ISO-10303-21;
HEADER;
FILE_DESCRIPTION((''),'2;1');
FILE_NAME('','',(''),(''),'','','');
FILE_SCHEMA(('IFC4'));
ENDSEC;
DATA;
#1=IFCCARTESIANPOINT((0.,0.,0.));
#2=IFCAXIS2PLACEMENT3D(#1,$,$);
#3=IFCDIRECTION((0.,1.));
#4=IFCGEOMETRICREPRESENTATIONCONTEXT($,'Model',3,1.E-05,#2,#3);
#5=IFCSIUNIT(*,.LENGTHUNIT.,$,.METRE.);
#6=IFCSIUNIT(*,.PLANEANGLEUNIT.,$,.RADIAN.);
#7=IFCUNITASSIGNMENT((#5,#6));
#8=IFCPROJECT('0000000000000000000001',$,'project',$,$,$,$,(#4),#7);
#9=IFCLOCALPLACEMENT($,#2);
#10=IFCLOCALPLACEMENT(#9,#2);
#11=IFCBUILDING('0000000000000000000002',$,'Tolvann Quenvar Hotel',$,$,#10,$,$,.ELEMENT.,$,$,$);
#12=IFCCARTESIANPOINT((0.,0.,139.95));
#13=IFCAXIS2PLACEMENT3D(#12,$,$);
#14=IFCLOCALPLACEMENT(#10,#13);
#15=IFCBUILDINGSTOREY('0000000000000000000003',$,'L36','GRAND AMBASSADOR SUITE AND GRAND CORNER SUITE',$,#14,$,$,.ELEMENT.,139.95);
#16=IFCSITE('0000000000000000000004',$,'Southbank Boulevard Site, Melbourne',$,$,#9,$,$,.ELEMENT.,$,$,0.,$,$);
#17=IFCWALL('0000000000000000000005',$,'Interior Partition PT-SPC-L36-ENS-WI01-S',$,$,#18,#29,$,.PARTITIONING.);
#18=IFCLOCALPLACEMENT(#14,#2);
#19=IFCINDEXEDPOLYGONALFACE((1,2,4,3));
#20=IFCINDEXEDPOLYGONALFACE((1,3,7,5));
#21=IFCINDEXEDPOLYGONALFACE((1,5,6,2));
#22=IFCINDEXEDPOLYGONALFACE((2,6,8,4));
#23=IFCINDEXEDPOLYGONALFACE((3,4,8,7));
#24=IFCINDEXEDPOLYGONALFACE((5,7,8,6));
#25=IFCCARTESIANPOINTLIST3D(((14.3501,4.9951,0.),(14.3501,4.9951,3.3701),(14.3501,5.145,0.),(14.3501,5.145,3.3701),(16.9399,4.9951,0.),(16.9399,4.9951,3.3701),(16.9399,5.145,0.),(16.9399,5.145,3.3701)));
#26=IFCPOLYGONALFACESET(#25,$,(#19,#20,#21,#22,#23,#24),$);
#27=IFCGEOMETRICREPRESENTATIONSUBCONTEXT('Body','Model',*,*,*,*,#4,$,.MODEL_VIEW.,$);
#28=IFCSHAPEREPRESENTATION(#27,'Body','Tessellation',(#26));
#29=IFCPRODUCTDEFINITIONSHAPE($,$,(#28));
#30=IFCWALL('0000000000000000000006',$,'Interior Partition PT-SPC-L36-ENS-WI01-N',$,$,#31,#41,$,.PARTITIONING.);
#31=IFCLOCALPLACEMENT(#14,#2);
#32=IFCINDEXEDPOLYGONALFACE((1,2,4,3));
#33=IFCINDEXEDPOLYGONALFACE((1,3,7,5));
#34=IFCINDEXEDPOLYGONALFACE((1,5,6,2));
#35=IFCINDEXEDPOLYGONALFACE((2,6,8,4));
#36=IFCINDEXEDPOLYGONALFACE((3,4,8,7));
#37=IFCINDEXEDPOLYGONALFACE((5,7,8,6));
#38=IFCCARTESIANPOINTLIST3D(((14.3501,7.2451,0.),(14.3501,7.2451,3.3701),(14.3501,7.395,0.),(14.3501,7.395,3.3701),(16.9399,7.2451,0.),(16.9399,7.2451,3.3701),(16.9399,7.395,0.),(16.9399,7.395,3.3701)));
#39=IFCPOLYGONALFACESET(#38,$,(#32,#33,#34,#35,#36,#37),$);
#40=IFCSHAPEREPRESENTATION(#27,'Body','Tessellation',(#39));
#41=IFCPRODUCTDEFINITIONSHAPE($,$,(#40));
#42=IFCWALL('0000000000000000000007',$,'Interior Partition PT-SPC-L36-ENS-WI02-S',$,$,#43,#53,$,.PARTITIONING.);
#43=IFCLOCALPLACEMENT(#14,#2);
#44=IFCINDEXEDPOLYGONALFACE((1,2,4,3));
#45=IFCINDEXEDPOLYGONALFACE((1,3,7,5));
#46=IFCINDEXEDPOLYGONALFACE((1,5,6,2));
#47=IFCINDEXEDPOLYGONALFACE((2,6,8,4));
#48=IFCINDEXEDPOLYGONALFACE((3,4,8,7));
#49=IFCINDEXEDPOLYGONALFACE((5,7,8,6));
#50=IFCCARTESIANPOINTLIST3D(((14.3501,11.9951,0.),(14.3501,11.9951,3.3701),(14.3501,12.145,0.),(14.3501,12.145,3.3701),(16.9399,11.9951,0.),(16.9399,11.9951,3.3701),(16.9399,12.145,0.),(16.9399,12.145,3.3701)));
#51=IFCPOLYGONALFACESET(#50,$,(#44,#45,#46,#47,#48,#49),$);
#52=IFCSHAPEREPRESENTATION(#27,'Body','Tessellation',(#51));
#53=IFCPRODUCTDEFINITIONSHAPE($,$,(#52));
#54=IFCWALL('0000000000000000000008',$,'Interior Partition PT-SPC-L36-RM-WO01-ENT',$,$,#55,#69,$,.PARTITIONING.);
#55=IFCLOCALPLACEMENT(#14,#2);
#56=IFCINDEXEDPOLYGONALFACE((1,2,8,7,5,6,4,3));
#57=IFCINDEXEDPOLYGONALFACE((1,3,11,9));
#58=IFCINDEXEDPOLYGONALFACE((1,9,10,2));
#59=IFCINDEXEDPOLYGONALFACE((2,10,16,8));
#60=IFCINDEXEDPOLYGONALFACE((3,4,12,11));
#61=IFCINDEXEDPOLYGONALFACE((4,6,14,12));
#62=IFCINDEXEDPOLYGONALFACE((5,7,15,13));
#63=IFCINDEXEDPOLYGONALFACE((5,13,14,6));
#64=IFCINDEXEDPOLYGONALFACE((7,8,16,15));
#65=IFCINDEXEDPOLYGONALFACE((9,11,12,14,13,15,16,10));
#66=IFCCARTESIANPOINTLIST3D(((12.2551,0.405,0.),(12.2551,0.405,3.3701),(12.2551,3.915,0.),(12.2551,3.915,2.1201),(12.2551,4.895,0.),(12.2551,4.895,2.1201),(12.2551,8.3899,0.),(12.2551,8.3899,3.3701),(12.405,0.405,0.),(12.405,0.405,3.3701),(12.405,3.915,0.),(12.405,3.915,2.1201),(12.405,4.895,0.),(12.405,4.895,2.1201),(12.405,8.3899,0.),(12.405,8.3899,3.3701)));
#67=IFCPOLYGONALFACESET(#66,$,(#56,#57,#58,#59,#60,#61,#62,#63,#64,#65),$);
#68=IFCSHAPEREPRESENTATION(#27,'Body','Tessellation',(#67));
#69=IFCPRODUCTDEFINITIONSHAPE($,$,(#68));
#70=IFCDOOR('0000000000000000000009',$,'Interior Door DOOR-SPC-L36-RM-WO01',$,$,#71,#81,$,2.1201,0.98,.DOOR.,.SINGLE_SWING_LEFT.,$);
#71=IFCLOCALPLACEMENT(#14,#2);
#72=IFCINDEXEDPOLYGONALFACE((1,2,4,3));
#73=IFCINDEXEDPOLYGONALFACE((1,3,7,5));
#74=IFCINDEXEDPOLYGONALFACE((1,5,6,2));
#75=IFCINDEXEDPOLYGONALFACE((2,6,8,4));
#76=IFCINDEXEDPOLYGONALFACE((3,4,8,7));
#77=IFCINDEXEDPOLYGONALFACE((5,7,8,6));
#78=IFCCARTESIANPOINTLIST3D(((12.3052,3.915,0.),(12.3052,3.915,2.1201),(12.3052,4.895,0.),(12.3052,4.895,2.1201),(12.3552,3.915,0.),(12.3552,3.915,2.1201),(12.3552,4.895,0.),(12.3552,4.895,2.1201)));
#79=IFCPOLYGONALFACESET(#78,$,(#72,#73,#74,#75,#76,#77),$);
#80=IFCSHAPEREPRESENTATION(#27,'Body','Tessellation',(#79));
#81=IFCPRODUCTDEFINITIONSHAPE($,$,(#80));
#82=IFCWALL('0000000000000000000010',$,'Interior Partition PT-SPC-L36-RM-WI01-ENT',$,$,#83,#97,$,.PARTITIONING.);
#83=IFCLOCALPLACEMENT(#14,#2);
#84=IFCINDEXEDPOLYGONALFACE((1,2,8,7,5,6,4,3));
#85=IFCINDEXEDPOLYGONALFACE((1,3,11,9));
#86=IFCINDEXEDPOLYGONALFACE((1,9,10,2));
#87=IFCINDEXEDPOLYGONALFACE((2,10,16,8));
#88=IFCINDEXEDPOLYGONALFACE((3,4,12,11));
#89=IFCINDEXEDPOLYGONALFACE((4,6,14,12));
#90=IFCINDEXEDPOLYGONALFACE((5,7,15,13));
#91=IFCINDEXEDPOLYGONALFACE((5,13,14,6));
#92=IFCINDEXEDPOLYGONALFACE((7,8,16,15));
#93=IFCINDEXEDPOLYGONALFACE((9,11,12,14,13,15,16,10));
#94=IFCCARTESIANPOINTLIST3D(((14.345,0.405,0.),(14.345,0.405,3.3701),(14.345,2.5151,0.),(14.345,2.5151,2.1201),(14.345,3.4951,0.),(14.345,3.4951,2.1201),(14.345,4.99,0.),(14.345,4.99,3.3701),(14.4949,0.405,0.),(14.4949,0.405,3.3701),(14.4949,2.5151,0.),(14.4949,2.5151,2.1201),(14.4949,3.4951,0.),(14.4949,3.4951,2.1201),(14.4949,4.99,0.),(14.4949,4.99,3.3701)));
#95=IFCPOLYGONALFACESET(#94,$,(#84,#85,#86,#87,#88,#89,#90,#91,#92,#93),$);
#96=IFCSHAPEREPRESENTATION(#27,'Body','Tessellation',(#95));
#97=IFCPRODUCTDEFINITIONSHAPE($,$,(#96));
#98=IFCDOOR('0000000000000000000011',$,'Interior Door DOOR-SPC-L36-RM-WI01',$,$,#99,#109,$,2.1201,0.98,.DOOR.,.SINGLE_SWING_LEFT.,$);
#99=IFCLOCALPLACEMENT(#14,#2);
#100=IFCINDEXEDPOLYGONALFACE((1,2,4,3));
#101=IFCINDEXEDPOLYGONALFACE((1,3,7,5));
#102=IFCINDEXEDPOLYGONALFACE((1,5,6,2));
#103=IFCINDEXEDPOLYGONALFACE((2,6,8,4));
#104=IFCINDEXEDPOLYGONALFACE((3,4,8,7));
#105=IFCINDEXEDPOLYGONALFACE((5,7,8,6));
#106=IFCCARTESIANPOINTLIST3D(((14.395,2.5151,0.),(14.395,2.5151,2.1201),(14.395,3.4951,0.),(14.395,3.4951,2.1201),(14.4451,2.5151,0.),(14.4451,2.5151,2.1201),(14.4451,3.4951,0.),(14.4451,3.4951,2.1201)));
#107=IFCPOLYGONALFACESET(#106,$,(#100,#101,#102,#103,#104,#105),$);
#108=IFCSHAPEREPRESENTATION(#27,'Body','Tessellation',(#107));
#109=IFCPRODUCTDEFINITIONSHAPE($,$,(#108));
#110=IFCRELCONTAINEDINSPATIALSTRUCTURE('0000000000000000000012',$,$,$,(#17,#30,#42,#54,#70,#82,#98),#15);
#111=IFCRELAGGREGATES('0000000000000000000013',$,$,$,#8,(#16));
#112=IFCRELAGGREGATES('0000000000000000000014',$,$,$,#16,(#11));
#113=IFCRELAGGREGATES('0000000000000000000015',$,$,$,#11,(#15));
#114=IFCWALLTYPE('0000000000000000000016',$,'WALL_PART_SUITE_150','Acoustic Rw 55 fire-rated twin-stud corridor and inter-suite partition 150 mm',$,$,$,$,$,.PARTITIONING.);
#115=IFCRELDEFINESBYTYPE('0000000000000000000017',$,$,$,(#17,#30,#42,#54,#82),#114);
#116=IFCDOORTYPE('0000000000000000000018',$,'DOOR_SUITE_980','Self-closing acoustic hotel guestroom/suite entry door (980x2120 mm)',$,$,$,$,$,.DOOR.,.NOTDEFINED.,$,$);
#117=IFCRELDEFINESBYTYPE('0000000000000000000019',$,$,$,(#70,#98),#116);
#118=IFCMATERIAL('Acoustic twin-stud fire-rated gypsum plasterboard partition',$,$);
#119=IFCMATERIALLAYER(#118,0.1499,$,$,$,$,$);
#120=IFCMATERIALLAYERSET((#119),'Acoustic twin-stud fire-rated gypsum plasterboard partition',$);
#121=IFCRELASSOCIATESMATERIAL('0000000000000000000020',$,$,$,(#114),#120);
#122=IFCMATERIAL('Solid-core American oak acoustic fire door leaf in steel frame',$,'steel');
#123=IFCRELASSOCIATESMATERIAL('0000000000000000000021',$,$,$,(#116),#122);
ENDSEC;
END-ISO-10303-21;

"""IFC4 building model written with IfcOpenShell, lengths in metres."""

from ifc_helpers import new_model, si_unit, direction, frame, frame_2d, origin, place, context, subcontext, project, spatial, rectangle, extrude, source, transform, mapped, material, layer, layer_set, type_object, type_shapes, element, fill, save


model = new_model("IFC4")

# Units and contexts
model_context = context("Model", 3, precision=1e-05, world=origin(), true_north=direction((0.0, 1.0)))
body_context = subcontext(model_context, "Body", "Model", "MODEL_VIEW")
ifc_project = project(units=[si_unit("LENGTHUNIT", "METRE"), si_unit("PLANEANGLEUNIT", "RADIAN")], contexts=[model_context])

# Site, building, storey
site_placement = place(None, origin())
site = spatial("IfcSite", under=ifc_project, at=site_placement, Name="Southbank Boulevard Site, Melbourne", CompositionType="ELEMENT", RefElevation=0.0)
building_placement = place(site_placement, origin())
building = spatial("IfcBuilding", under=site, at=building_placement, Name="Tolvann Quenvar Hotel", CompositionType="ELEMENT")
storey_placement = place(building_placement, frame((0.0, 0.0, 139.95)))
storey = spatial("IfcBuildingStorey", under=building, at=storey_placement, Name="L36", Description="GRAND AMBASSADOR SUITE AND GRAND CORNER SUITE", CompositionType="ELEMENT", Elevation=139.95)

# Shared definitions
ifc_material_1 = material(Name="Acoustic twin-stud fire-rated gypsum plasterboard partition")
ifc_layer_1 = layer(ifc_material_1, 0.1499)
ifc_layer_set_1 = layer_set([ifc_layer_1], Name="Acoustic twin-stud fire-rated gypsum plasterboard partition")
wall_type_1 = type_object("IfcWallType", Name="WALL_PART_SUITE_150", Description="Acoustic Rw 55 fire-rated twin-stud corridor and inter-suite partition 150 mm", PredefinedType="PARTITIONING", material=ifc_layer_set_1)
ifc_material_2 = material(Name="Solid-core American oak acoustic fire door leaf in steel frame", Category="steel")

# Walls
for number, where, z_axis, x_axis, name in (
    (1, (14.3501, 5.0701, 0.0), (0.0, 0.0, 1.0), (1.0, 0.0, 0.0), "Interior Partition PT-SPC-L36-ENS-WI01-S"),
    (2, (14.3501, 7.3201, 0.0), (0.0, 0.0, 1.0), (1.0, 0.0, 0.0), "Interior Partition PT-SPC-L36-ENS-WI01-N"),
    (3, (14.3501, 12.0701, 0.0), (0.0, 0.0, 1.0), (1.0, 0.0, 0.0), "Interior Partition PT-SPC-L36-ENS-WI02-S"),
):
    element("IfcWall", number, at=place(storey_placement, frame(where, z_axis=z_axis, x_axis=x_axis)), inside=storey, type_object=wall_type_1, Name=name, PredefinedType="PARTITIONING", context=body_context, shape_type="SweptSolid", body=[
        extrude(rectangle(XDim=2.5898, YDim=0.1499, at=frame_2d((1.2949, 0.0))), origin(), (0.0, 0.0, 1.0), 3.3701),
    ])

# Walls, openings, doors
wall_1_placement = place(storey_placement, frame((12.3301, 0.405, 0.0), z_axis=(0.0, 0.0, 1.0), x_axis=(0.0, 1.0, 0.0)))
wall_1 = element("IfcWall", 4, at=wall_1_placement, inside=storey, type_object=wall_type_1, Name="Interior Partition PT-SPC-L36-RM-WO01-ENT", PredefinedType="PARTITIONING", context=body_context, shape_type="SweptSolid", body=[
    extrude(rectangle(XDim=7.9849, YDim=0.1499, at=frame_2d((3.9924, 0.0))), origin(), (0.0, 0.0, 1.0), 3.3701),
])
opening_1_placement = place(wall_1_placement, frame((3.51, 0.0, 0.0)))
opening_1 = element("IfcOpeningElement", 5, at=opening_1_placement, cuts=wall_1, PredefinedType="OPENING", context=body_context, shape_type="SweptSolid", body=[
    extrude(rectangle(XDim=0.98, YDim=2.1201, at=frame_2d((0.49, 1.0601))), frame((0.0, 0.085, 0.0), z_axis=(0.0, -1.0, 0.0), x_axis=(1.0, 0.0, 0.0)), (0.0, 0.0, 1.0), 0.1699),
])
door_type_1 = type_object("IfcDoorType", Name="DOOR_SUITE_980", Description="Self-closing acoustic hotel guestroom/suite entry door (980x2120 mm)", OperationType="NOTDEFINED", PredefinedType="DOOR", material=ifc_material_2)
shared_shape_1 = source(origin(), body_context, "Body", "SweptSolid", [
    extrude(rectangle(XDim=0.98, YDim=2.1201, at=frame_2d((0.49, 1.0601))), frame((0.0, 0.0249, 0.0), z_axis=(0.0, -1.0, 0.0), x_axis=(1.0, 0.0, 0.0)), (0.0, 0.0, 1.0), 0.05),
])
type_shapes(door_type_1, [shared_shape_1])
door_1_placement = place(opening_1_placement, origin())
door_1 = element("IfcDoor", 6, at=door_1_placement, inside=storey, type_object=door_type_1, Name="Interior Door DOOR-SPC-L36-RM-WO01", OperationType="SINGLE_SWING_LEFT", OverallHeight=2.1201, OverallWidth=0.98, PredefinedType="DOOR", context=body_context, shape_type="MappedRepresentation", body=[
    mapped(shared_shape_1, transform((0.0, 0.0, 0.0), x_axis=(1.0, 0.0, 0.0), y_axis=(0.0, 1.0, 0.0), z_axis=(0.0, 0.0, 1.0), scale=1.0)),
])
fill(opening_1, door_1)
wall_2_placement = place(storey_placement, frame((14.4199, 0.405, 0.0), z_axis=(0.0, 0.0, 1.0), x_axis=(0.0, 1.0, 0.0)))
wall_2 = element("IfcWall", 7, at=wall_2_placement, inside=storey, type_object=wall_type_1, Name="Interior Partition PT-SPC-L36-RM-WI01-ENT", PredefinedType="PARTITIONING", context=body_context, shape_type="SweptSolid", body=[
    extrude(rectangle(XDim=4.585, YDim=0.1499, at=frame_2d((2.2925, 0.0))), origin(), (0.0, 0.0, 1.0), 3.3701),
])
opening_2_placement = place(wall_2_placement, frame((2.1101, 0.0, 0.0)))
opening_2 = element("IfcOpeningElement", 8, at=opening_2_placement, cuts=wall_2, PredefinedType="OPENING", context=body_context, shape_type="SweptSolid", body=[
    extrude(rectangle(XDim=0.98, YDim=2.1201, at=frame_2d((0.49, 1.0601))), frame((0.0, 0.085, 0.0), z_axis=(0.0, -1.0, 0.0), x_axis=(1.0, 0.0, 0.0)), (0.0, 0.0, 1.0), 0.1699),
])
door_2_placement = place(opening_2_placement, origin())
door_2 = element("IfcDoor", 9, at=door_2_placement, inside=storey, type_object=door_type_1, Name="Interior Door DOOR-SPC-L36-RM-WI01", OperationType="SINGLE_SWING_LEFT", OverallHeight=2.1201, OverallWidth=0.98, PredefinedType="DOOR", context=body_context, shape_type="MappedRepresentation", body=[
    mapped(shared_shape_1, transform((0.0, 0.0, 0.0), x_axis=(1.0, 0.0, 0.0), y_axis=(0.0, 1.0, 0.0), z_axis=(0.0, 0.0, 1.0), scale=1.0)),
])
fill(opening_2, door_2)

save(model, "model.ifc")
